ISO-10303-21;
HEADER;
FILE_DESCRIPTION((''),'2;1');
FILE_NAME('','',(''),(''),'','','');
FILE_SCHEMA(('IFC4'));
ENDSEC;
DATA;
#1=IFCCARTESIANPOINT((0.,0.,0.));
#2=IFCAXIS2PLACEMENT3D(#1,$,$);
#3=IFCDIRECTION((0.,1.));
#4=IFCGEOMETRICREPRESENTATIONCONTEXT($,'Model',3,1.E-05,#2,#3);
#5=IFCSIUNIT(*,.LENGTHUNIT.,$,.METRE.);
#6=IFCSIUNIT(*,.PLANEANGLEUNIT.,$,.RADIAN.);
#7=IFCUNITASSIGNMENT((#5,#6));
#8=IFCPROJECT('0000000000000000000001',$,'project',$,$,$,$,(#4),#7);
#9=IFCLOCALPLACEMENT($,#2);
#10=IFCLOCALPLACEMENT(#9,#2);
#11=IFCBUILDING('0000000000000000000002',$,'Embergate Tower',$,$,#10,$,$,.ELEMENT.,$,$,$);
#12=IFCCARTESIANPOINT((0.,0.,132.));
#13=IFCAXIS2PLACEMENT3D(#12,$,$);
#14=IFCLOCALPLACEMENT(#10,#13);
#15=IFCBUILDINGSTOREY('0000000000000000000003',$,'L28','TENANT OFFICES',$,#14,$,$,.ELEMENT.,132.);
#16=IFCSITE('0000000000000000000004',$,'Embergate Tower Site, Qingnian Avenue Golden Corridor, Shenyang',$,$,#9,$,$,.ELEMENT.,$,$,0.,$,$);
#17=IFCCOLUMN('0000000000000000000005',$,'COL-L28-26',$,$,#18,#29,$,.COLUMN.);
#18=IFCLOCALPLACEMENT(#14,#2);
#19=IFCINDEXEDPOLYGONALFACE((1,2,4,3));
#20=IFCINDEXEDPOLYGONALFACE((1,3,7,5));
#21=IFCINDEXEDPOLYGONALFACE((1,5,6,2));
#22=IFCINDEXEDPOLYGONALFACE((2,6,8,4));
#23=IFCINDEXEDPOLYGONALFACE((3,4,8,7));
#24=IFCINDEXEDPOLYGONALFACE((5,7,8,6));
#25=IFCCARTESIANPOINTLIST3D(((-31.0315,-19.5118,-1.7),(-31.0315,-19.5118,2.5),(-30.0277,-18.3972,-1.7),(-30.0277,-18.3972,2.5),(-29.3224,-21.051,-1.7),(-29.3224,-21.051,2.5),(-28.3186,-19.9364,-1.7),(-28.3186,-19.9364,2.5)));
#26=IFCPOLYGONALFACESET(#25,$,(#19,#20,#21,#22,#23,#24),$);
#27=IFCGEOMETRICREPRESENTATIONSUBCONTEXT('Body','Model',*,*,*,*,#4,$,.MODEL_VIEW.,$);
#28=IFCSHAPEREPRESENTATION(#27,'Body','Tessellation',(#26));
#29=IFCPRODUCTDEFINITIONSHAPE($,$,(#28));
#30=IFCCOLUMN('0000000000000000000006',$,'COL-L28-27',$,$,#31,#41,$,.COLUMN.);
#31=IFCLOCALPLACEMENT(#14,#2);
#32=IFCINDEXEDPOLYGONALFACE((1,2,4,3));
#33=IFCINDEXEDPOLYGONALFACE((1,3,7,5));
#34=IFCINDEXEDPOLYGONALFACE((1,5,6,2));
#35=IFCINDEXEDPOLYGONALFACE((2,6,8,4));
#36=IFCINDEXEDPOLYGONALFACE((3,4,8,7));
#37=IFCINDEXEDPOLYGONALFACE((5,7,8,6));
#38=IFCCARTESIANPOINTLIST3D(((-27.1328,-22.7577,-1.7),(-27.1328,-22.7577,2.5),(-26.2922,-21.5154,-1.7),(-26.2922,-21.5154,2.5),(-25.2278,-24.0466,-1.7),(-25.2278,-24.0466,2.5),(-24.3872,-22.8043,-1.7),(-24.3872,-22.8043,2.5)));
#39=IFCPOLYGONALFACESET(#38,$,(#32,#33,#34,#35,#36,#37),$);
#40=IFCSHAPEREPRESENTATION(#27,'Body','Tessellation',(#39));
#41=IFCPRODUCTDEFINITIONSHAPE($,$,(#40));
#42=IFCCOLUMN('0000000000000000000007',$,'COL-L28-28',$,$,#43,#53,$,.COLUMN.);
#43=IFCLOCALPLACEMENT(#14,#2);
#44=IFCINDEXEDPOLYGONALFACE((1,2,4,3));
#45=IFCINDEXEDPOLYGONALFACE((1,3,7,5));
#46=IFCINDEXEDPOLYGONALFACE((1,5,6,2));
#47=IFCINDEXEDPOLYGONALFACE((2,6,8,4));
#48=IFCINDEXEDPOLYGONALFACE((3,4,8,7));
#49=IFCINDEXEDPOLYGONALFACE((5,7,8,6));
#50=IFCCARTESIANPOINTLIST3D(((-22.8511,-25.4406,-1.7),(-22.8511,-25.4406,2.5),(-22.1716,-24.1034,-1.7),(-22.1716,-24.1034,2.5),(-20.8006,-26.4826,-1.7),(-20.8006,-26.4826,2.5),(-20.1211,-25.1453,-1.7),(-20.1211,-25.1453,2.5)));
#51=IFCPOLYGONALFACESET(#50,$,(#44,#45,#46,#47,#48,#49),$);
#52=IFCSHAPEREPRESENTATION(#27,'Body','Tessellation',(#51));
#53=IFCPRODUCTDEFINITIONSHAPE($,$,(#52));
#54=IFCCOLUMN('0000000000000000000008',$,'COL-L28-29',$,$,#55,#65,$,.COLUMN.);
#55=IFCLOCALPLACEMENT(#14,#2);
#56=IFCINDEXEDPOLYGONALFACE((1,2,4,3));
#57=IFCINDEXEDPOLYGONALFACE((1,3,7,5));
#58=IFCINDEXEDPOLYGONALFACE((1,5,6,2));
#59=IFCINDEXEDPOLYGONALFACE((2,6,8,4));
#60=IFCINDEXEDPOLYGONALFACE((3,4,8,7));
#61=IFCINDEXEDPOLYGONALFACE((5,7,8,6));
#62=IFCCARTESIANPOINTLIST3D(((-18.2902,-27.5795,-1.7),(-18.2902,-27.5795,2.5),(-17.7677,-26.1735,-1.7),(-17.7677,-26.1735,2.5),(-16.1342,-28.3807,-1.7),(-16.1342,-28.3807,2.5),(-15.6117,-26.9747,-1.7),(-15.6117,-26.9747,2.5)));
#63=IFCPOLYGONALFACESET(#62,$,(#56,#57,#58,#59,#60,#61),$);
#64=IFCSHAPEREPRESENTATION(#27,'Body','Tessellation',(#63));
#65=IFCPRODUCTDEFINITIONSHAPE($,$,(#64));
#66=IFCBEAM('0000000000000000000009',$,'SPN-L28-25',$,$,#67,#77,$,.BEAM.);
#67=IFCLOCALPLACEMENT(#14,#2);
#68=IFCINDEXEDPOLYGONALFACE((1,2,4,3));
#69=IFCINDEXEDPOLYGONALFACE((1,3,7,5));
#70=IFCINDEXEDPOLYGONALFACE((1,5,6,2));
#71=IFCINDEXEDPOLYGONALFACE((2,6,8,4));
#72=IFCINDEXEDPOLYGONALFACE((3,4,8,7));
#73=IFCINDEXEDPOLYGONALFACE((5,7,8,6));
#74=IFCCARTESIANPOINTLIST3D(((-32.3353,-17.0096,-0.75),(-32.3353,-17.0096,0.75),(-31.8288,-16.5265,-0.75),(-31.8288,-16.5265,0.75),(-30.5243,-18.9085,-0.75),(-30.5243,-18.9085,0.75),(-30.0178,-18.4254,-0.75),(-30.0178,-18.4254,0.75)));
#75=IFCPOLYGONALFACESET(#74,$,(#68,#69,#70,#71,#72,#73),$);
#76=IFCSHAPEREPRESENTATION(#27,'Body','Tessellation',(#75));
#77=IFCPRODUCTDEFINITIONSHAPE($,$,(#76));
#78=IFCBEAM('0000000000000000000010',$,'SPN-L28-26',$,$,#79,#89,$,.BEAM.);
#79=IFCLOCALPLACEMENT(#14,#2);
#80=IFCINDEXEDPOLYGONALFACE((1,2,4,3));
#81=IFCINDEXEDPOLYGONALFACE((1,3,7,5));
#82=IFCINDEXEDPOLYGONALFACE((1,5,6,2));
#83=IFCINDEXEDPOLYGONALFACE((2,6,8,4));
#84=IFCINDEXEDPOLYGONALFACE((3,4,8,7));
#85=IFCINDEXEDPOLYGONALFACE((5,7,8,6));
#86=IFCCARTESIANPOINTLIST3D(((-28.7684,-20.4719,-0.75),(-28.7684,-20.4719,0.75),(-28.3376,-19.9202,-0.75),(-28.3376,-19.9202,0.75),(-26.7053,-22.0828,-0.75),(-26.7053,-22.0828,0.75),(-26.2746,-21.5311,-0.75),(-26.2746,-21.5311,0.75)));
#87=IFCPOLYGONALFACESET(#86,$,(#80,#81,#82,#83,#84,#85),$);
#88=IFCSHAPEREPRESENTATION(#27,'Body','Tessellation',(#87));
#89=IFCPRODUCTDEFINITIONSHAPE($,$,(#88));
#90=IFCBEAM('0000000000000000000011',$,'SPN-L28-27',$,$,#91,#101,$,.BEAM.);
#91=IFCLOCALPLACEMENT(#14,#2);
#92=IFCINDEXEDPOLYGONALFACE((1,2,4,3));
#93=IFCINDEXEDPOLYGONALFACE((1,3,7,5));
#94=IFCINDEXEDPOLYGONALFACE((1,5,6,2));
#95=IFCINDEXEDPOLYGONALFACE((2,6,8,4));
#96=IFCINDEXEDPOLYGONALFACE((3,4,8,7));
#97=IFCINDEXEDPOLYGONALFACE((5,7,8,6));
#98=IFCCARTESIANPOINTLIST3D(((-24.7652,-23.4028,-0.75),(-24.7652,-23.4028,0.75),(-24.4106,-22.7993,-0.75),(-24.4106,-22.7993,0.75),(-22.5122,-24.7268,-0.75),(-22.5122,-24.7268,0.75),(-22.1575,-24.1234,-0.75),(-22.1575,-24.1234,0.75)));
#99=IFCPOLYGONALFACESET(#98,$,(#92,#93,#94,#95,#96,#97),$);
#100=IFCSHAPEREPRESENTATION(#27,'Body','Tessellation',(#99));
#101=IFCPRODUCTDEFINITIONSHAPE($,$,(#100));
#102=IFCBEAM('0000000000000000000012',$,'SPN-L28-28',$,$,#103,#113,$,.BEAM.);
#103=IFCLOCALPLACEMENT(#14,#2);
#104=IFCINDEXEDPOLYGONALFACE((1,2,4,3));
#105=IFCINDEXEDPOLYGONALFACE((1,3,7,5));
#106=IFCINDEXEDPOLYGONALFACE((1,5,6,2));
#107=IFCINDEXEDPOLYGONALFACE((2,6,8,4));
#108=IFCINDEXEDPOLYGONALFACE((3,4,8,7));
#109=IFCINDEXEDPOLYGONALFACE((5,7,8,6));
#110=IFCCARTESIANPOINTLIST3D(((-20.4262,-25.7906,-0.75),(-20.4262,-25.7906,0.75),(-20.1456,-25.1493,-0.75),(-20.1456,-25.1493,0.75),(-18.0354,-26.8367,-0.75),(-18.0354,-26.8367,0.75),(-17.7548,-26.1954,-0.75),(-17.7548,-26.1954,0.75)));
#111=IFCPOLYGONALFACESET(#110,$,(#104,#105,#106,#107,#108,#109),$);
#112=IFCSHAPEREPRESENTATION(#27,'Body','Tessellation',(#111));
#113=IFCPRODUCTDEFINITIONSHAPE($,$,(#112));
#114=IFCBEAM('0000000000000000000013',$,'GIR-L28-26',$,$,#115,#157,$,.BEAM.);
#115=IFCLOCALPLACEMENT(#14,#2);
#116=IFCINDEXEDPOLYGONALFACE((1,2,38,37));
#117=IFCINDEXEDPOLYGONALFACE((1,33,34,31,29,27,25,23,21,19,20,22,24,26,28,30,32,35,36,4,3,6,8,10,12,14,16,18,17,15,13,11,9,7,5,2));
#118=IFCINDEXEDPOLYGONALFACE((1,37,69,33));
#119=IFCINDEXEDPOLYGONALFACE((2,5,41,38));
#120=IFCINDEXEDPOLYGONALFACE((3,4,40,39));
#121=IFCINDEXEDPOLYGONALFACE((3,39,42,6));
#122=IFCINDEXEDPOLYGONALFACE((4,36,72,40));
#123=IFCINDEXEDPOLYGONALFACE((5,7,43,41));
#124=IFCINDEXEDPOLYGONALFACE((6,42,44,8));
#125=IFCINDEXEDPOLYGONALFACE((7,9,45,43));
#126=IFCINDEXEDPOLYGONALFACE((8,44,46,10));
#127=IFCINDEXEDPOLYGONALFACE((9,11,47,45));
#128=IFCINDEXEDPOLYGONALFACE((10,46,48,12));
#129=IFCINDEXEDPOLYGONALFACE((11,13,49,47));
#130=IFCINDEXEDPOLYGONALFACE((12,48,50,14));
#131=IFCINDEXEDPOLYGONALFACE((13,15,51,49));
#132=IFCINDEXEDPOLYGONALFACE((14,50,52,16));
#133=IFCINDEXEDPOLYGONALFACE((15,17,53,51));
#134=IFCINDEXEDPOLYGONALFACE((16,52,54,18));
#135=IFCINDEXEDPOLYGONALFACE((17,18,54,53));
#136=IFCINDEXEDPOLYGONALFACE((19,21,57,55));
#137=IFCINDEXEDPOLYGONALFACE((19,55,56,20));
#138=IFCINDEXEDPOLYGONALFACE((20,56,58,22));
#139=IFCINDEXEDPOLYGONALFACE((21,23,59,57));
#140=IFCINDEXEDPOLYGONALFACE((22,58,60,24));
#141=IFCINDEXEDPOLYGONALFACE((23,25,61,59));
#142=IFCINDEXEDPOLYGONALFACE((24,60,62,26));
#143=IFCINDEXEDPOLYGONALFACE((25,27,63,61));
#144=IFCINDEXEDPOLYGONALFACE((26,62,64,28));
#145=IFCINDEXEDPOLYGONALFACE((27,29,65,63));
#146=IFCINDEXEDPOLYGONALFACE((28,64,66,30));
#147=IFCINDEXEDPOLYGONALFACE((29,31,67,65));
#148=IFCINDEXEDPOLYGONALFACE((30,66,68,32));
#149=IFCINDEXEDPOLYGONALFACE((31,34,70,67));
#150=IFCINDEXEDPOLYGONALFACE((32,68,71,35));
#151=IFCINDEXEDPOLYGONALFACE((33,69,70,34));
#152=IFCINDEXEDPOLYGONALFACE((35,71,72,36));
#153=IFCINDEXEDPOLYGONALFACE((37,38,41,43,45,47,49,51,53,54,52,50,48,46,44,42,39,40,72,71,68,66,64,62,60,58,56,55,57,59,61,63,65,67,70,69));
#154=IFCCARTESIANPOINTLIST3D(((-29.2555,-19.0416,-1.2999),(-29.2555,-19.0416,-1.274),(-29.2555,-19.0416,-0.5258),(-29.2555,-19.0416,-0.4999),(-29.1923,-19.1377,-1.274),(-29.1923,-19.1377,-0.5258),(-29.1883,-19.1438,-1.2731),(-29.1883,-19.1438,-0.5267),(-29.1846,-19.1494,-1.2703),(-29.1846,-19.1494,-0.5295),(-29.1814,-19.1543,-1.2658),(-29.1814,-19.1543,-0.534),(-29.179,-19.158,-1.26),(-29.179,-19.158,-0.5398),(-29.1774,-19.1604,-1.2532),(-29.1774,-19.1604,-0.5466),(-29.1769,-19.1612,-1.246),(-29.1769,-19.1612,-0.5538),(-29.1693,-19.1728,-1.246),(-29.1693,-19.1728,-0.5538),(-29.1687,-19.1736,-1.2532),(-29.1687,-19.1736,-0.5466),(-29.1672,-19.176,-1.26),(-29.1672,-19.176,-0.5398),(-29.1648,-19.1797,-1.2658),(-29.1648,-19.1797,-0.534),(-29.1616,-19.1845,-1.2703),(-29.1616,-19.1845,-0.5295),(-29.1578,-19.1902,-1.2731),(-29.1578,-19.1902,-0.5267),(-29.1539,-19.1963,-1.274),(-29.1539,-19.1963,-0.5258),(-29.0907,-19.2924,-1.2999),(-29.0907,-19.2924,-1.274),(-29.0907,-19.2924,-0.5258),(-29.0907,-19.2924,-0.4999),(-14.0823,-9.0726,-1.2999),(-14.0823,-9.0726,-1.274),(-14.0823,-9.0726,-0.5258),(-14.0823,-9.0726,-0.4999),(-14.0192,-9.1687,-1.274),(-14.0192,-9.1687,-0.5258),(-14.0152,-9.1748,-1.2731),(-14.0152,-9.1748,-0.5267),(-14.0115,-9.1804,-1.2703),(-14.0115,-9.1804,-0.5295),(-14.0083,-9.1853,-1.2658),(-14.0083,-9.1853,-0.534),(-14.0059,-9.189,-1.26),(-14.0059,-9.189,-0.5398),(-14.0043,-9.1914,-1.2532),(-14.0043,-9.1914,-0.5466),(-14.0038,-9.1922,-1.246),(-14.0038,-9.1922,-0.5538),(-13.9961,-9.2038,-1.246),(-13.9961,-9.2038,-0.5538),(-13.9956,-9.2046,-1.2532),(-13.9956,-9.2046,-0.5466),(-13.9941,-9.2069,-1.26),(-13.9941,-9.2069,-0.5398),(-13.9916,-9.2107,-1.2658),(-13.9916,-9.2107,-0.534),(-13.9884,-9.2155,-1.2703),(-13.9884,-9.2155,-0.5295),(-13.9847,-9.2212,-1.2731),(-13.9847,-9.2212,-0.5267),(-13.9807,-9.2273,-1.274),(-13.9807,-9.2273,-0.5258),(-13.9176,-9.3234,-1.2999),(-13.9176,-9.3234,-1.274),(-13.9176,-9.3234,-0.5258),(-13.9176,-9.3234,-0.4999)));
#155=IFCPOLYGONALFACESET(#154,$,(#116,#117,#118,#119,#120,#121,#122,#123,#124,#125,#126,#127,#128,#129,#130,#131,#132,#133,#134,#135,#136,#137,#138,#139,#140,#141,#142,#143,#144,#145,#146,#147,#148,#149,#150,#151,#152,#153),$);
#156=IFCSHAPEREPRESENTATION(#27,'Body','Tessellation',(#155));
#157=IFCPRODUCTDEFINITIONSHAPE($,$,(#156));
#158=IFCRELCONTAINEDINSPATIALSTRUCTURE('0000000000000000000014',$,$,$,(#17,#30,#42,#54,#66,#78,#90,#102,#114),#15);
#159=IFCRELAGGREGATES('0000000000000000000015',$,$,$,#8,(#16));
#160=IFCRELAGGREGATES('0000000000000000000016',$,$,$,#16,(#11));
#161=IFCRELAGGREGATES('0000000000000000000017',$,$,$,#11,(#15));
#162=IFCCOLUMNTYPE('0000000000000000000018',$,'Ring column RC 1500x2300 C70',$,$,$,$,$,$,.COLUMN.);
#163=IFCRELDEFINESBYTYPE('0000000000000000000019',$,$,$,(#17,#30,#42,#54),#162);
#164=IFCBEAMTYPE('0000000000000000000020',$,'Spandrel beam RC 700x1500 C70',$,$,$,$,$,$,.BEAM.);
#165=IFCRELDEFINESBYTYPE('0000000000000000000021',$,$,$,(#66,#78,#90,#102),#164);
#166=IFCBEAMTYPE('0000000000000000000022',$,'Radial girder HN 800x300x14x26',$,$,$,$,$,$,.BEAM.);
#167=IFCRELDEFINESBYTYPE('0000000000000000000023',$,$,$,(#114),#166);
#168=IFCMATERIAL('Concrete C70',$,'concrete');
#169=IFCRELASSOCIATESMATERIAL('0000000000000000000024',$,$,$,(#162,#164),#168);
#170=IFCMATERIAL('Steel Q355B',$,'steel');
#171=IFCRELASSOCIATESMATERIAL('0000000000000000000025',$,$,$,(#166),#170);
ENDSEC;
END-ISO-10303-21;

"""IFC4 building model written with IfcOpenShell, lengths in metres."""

from ifc_helpers import new_model, si_unit, direction, frame, origin, origin_2d, place, context, subcontext, project, spatial, rectangle, i_section, extrude, source, transform, mapped, material, material_profile, profile_set, type_object, element, save


model = new_model("IFC4")

# Units and contexts
model_context = context("Model", 3, precision=1e-05, world=origin(), true_north=direction((0.0, 1.0)))
body_context = subcontext(model_context, "Body", "Model", "MODEL_VIEW")
ifc_project = project(units=[si_unit("LENGTHUNIT", "METRE"), si_unit("PLANEANGLEUNIT", "RADIAN")], contexts=[model_context])

# Site, building, storey
site_placement = place(None, origin())
site = spatial("IfcSite", under=ifc_project, at=site_placement, Name="Embergate Tower Site, Qingnian Avenue Golden Corridor, Shenyang", CompositionType="ELEMENT", RefElevation=0.0)
building_placement = place(site_placement, origin())
building = spatial("IfcBuilding", under=site, at=building_placement, Name="Embergate Tower", CompositionType="ELEMENT")
storey_placement = place(building_placement, frame((0.0, 0.0, 132.0)))
storey = spatial("IfcBuildingStorey", under=building, at=storey_placement, Name="L28", Description="TENANT OFFICES", CompositionType="ELEMENT", Elevation=132.0)

# Columns
ifc_material_1 = material(Name="Concrete C70", Category="concrete")
ifc_material_profile_1 = material_profile(ifc_material_1, rectangle(XDim=1.5, YDim=2.3, at=origin_2d()), Name="RC 1500x2300")
ifc_profile_set_1 = profile_set([ifc_material_profile_1], Name="Concrete C70")
column_type = type_object("IfcColumnType", Name="Ring column RC 1500x2300 C70", PredefinedType="COLUMN", material=ifc_profile_set_1)
shared_shape_1 = source(origin(), body_context, "Body", "SweptSolid", [
    extrude(rectangle(XDim=1.5, YDim=2.3, at=origin_2d()), origin(), (0.0, 0.0, 1.0), 4.2),
])
for number, where, z_axis, x_axis, name in (
    (1, (-29.675, -19.7241, -1.7), (0.0, 0.0, 1.0), (-0.669208, -0.743075, 0.0), "COL-L28-26"),
    (2, (-25.76, -22.781, -1.7), (0.0, 0.0, 1.0), (-0.560393, -0.828227, 0.0), "COL-L28-27"),
    (3, (-21.4861, -25.293, -1.7), (0.0, 0.0, 1.0), (-0.452995, -0.891513, 0.0), "COL-L28-28"),
    (4, (-16.9509, -27.2771, -1.7), (0.0, 0.0, 1.0), (-0.348343, -0.937367, 0.0), "COL-L28-29"),
):
    element("IfcColumn", number, at=place(storey_placement, frame(where, z_axis=z_axis, x_axis=x_axis)), inside=storey, type_object=column_type, Name=name, PredefinedType="COLUMN", context=body_context, shape_type="MappedRepresentation", body=[
        mapped(shared_shape_1, transform((0.0, 0.0, 0.0))),
    ])

# Beams
ifc_material_profile_2 = material_profile(ifc_material_1, rectangle(XDim=0.7, YDim=1.5, at=origin_2d()), Name="RC 700x1500")
ifc_profile_set_2 = profile_set([ifc_material_profile_2], Name="Concrete C70")
beam_type_1 = type_object("IfcBeamType", Name="Spandrel beam RC 700x1500 C70", PredefinedType="BEAM", material=ifc_profile_set_2)
shared_shape_2 = source(origin(), body_context, "Body", "SweptSolid", [
    extrude(rectangle(XDim=0.7, YDim=1.5, at=origin_2d()), origin(), (0.0, 0.0, 1.0), 2.624),
])
beam_1_placement = place(storey_placement, frame((-32.082, -16.7681, 0.0), z_axis=(0.690161, -0.723655, 0.0), x_axis=(0.723655, 0.690161, 0.0)))
element("IfcBeam", 5, at=beam_1_placement, inside=storey, type_object=beam_type_1, Name="SPN-L28-25", PredefinedType="BEAM", context=body_context, shape_type="MappedRepresentation", body=[
    mapped(shared_shape_2, transform((0.0, 0.0, 0.0))),
])
shared_shape_3 = source(origin(), body_context, "Body", "SweptSolid", [
    extrude(rectangle(XDim=0.7, YDim=1.5, at=origin_2d()), origin(), (0.0, 0.0, 1.0), 2.6174),
])
beam_2_placement = place(storey_placement, frame((-28.553, -20.196, 0.0), z_axis=(0.788186, -0.615438, 0.0), x_axis=(0.615438, 0.788186, 0.0)))
element("IfcBeam", 6, at=beam_2_placement, inside=storey, type_object=beam_type_1, Name="SPN-L28-26", PredefinedType="BEAM", context=body_context, shape_type="MappedRepresentation", body=[
    mapped(shared_shape_3, transform((0.0, 0.0, 0.0))),
])
shared_shape_4 = source(origin(), body_context, "Body", "SweptSolid", [
    extrude(rectangle(XDim=0.7, YDim=1.5, at=origin_2d()), origin(), (0.0, 0.0, 1.0), 2.6133),
])
beam_3_placement = place(storey_placement, frame((-24.5879, -23.1011, 0.0), z_axis=(0.862148, -0.506657, 0.0), x_axis=(0.506657, 0.862148, 0.0)))
element("IfcBeam", 7, at=beam_3_placement, inside=storey, type_object=beam_type_1, Name="SPN-L28-27", PredefinedType="BEAM", context=body_context, shape_type="MappedRepresentation", body=[
    mapped(shared_shape_4, transform((0.0, 0.0, 0.0))),
])
shared_shape_5 = source(origin(), body_context, "Body", "SweptSolid", [
    extrude(rectangle(XDim=0.7, YDim=1.5, at=origin_2d()), origin(), (0.0, 0.0, 1.0), 2.6096),
])
beam_4_placement = place(storey_placement, frame((-20.2859, -25.47, 0.0), z_axis=(0.916138, -0.400863, 0.0), x_axis=(0.400863, 0.916138, 0.0)))
element("IfcBeam", 8, at=beam_4_placement, inside=storey, type_object=beam_type_1, Name="SPN-L28-28", PredefinedType="BEAM", context=body_context, shape_type="MappedRepresentation", body=[
    mapped(shared_shape_5, transform((0.0, 0.0, 0.0))),
])
ifc_material_2 = material(Name="Steel Q355B", Category="steel")
ifc_material_profile_3 = material_profile(ifc_material_2, i_section(OverallWidth=0.3, OverallDepth=0.8, WebThickness=0.0139, FlangeThickness=0.0259, FilletRadius=0.0281, at=origin_2d()), Name="HN 800x300x14x26")
ifc_profile_set_3 = profile_set([ifc_material_profile_3], Name="Steel Q355 grade B")
beam_type_2 = type_object("IfcBeamType", Name="Radial girder HN 800x300x14x26", PredefinedType="BEAM", material=ifc_profile_set_3)
shared_shape_6 = source(origin(), body_context, "Body", "SweptSolid", [
    extrude(i_section(OverallWidth=0.3, OverallDepth=0.8, WebThickness=0.0139, FlangeThickness=0.0259, FilletRadius=0.0281, at=origin_2d()), origin(), (0.0, 0.0, 1.0), 18.155),
])
beam_5_placement = place(storey_placement, frame((-29.1731, -19.167, -0.8999), z_axis=(0.835753, 0.549105, 0.0), x_axis=(-0.549105, 0.835753, 0.0)))
element("IfcBeam", 9, at=beam_5_placement, inside=storey, type_object=beam_type_2, Name="GIR-L28-26", PredefinedType="BEAM", context=body_context, shape_type="MappedRepresentation", body=[
    mapped(shared_shape_6, transform((0.0, 0.0, 0.0))),
])

save(model, "model.ifc")
